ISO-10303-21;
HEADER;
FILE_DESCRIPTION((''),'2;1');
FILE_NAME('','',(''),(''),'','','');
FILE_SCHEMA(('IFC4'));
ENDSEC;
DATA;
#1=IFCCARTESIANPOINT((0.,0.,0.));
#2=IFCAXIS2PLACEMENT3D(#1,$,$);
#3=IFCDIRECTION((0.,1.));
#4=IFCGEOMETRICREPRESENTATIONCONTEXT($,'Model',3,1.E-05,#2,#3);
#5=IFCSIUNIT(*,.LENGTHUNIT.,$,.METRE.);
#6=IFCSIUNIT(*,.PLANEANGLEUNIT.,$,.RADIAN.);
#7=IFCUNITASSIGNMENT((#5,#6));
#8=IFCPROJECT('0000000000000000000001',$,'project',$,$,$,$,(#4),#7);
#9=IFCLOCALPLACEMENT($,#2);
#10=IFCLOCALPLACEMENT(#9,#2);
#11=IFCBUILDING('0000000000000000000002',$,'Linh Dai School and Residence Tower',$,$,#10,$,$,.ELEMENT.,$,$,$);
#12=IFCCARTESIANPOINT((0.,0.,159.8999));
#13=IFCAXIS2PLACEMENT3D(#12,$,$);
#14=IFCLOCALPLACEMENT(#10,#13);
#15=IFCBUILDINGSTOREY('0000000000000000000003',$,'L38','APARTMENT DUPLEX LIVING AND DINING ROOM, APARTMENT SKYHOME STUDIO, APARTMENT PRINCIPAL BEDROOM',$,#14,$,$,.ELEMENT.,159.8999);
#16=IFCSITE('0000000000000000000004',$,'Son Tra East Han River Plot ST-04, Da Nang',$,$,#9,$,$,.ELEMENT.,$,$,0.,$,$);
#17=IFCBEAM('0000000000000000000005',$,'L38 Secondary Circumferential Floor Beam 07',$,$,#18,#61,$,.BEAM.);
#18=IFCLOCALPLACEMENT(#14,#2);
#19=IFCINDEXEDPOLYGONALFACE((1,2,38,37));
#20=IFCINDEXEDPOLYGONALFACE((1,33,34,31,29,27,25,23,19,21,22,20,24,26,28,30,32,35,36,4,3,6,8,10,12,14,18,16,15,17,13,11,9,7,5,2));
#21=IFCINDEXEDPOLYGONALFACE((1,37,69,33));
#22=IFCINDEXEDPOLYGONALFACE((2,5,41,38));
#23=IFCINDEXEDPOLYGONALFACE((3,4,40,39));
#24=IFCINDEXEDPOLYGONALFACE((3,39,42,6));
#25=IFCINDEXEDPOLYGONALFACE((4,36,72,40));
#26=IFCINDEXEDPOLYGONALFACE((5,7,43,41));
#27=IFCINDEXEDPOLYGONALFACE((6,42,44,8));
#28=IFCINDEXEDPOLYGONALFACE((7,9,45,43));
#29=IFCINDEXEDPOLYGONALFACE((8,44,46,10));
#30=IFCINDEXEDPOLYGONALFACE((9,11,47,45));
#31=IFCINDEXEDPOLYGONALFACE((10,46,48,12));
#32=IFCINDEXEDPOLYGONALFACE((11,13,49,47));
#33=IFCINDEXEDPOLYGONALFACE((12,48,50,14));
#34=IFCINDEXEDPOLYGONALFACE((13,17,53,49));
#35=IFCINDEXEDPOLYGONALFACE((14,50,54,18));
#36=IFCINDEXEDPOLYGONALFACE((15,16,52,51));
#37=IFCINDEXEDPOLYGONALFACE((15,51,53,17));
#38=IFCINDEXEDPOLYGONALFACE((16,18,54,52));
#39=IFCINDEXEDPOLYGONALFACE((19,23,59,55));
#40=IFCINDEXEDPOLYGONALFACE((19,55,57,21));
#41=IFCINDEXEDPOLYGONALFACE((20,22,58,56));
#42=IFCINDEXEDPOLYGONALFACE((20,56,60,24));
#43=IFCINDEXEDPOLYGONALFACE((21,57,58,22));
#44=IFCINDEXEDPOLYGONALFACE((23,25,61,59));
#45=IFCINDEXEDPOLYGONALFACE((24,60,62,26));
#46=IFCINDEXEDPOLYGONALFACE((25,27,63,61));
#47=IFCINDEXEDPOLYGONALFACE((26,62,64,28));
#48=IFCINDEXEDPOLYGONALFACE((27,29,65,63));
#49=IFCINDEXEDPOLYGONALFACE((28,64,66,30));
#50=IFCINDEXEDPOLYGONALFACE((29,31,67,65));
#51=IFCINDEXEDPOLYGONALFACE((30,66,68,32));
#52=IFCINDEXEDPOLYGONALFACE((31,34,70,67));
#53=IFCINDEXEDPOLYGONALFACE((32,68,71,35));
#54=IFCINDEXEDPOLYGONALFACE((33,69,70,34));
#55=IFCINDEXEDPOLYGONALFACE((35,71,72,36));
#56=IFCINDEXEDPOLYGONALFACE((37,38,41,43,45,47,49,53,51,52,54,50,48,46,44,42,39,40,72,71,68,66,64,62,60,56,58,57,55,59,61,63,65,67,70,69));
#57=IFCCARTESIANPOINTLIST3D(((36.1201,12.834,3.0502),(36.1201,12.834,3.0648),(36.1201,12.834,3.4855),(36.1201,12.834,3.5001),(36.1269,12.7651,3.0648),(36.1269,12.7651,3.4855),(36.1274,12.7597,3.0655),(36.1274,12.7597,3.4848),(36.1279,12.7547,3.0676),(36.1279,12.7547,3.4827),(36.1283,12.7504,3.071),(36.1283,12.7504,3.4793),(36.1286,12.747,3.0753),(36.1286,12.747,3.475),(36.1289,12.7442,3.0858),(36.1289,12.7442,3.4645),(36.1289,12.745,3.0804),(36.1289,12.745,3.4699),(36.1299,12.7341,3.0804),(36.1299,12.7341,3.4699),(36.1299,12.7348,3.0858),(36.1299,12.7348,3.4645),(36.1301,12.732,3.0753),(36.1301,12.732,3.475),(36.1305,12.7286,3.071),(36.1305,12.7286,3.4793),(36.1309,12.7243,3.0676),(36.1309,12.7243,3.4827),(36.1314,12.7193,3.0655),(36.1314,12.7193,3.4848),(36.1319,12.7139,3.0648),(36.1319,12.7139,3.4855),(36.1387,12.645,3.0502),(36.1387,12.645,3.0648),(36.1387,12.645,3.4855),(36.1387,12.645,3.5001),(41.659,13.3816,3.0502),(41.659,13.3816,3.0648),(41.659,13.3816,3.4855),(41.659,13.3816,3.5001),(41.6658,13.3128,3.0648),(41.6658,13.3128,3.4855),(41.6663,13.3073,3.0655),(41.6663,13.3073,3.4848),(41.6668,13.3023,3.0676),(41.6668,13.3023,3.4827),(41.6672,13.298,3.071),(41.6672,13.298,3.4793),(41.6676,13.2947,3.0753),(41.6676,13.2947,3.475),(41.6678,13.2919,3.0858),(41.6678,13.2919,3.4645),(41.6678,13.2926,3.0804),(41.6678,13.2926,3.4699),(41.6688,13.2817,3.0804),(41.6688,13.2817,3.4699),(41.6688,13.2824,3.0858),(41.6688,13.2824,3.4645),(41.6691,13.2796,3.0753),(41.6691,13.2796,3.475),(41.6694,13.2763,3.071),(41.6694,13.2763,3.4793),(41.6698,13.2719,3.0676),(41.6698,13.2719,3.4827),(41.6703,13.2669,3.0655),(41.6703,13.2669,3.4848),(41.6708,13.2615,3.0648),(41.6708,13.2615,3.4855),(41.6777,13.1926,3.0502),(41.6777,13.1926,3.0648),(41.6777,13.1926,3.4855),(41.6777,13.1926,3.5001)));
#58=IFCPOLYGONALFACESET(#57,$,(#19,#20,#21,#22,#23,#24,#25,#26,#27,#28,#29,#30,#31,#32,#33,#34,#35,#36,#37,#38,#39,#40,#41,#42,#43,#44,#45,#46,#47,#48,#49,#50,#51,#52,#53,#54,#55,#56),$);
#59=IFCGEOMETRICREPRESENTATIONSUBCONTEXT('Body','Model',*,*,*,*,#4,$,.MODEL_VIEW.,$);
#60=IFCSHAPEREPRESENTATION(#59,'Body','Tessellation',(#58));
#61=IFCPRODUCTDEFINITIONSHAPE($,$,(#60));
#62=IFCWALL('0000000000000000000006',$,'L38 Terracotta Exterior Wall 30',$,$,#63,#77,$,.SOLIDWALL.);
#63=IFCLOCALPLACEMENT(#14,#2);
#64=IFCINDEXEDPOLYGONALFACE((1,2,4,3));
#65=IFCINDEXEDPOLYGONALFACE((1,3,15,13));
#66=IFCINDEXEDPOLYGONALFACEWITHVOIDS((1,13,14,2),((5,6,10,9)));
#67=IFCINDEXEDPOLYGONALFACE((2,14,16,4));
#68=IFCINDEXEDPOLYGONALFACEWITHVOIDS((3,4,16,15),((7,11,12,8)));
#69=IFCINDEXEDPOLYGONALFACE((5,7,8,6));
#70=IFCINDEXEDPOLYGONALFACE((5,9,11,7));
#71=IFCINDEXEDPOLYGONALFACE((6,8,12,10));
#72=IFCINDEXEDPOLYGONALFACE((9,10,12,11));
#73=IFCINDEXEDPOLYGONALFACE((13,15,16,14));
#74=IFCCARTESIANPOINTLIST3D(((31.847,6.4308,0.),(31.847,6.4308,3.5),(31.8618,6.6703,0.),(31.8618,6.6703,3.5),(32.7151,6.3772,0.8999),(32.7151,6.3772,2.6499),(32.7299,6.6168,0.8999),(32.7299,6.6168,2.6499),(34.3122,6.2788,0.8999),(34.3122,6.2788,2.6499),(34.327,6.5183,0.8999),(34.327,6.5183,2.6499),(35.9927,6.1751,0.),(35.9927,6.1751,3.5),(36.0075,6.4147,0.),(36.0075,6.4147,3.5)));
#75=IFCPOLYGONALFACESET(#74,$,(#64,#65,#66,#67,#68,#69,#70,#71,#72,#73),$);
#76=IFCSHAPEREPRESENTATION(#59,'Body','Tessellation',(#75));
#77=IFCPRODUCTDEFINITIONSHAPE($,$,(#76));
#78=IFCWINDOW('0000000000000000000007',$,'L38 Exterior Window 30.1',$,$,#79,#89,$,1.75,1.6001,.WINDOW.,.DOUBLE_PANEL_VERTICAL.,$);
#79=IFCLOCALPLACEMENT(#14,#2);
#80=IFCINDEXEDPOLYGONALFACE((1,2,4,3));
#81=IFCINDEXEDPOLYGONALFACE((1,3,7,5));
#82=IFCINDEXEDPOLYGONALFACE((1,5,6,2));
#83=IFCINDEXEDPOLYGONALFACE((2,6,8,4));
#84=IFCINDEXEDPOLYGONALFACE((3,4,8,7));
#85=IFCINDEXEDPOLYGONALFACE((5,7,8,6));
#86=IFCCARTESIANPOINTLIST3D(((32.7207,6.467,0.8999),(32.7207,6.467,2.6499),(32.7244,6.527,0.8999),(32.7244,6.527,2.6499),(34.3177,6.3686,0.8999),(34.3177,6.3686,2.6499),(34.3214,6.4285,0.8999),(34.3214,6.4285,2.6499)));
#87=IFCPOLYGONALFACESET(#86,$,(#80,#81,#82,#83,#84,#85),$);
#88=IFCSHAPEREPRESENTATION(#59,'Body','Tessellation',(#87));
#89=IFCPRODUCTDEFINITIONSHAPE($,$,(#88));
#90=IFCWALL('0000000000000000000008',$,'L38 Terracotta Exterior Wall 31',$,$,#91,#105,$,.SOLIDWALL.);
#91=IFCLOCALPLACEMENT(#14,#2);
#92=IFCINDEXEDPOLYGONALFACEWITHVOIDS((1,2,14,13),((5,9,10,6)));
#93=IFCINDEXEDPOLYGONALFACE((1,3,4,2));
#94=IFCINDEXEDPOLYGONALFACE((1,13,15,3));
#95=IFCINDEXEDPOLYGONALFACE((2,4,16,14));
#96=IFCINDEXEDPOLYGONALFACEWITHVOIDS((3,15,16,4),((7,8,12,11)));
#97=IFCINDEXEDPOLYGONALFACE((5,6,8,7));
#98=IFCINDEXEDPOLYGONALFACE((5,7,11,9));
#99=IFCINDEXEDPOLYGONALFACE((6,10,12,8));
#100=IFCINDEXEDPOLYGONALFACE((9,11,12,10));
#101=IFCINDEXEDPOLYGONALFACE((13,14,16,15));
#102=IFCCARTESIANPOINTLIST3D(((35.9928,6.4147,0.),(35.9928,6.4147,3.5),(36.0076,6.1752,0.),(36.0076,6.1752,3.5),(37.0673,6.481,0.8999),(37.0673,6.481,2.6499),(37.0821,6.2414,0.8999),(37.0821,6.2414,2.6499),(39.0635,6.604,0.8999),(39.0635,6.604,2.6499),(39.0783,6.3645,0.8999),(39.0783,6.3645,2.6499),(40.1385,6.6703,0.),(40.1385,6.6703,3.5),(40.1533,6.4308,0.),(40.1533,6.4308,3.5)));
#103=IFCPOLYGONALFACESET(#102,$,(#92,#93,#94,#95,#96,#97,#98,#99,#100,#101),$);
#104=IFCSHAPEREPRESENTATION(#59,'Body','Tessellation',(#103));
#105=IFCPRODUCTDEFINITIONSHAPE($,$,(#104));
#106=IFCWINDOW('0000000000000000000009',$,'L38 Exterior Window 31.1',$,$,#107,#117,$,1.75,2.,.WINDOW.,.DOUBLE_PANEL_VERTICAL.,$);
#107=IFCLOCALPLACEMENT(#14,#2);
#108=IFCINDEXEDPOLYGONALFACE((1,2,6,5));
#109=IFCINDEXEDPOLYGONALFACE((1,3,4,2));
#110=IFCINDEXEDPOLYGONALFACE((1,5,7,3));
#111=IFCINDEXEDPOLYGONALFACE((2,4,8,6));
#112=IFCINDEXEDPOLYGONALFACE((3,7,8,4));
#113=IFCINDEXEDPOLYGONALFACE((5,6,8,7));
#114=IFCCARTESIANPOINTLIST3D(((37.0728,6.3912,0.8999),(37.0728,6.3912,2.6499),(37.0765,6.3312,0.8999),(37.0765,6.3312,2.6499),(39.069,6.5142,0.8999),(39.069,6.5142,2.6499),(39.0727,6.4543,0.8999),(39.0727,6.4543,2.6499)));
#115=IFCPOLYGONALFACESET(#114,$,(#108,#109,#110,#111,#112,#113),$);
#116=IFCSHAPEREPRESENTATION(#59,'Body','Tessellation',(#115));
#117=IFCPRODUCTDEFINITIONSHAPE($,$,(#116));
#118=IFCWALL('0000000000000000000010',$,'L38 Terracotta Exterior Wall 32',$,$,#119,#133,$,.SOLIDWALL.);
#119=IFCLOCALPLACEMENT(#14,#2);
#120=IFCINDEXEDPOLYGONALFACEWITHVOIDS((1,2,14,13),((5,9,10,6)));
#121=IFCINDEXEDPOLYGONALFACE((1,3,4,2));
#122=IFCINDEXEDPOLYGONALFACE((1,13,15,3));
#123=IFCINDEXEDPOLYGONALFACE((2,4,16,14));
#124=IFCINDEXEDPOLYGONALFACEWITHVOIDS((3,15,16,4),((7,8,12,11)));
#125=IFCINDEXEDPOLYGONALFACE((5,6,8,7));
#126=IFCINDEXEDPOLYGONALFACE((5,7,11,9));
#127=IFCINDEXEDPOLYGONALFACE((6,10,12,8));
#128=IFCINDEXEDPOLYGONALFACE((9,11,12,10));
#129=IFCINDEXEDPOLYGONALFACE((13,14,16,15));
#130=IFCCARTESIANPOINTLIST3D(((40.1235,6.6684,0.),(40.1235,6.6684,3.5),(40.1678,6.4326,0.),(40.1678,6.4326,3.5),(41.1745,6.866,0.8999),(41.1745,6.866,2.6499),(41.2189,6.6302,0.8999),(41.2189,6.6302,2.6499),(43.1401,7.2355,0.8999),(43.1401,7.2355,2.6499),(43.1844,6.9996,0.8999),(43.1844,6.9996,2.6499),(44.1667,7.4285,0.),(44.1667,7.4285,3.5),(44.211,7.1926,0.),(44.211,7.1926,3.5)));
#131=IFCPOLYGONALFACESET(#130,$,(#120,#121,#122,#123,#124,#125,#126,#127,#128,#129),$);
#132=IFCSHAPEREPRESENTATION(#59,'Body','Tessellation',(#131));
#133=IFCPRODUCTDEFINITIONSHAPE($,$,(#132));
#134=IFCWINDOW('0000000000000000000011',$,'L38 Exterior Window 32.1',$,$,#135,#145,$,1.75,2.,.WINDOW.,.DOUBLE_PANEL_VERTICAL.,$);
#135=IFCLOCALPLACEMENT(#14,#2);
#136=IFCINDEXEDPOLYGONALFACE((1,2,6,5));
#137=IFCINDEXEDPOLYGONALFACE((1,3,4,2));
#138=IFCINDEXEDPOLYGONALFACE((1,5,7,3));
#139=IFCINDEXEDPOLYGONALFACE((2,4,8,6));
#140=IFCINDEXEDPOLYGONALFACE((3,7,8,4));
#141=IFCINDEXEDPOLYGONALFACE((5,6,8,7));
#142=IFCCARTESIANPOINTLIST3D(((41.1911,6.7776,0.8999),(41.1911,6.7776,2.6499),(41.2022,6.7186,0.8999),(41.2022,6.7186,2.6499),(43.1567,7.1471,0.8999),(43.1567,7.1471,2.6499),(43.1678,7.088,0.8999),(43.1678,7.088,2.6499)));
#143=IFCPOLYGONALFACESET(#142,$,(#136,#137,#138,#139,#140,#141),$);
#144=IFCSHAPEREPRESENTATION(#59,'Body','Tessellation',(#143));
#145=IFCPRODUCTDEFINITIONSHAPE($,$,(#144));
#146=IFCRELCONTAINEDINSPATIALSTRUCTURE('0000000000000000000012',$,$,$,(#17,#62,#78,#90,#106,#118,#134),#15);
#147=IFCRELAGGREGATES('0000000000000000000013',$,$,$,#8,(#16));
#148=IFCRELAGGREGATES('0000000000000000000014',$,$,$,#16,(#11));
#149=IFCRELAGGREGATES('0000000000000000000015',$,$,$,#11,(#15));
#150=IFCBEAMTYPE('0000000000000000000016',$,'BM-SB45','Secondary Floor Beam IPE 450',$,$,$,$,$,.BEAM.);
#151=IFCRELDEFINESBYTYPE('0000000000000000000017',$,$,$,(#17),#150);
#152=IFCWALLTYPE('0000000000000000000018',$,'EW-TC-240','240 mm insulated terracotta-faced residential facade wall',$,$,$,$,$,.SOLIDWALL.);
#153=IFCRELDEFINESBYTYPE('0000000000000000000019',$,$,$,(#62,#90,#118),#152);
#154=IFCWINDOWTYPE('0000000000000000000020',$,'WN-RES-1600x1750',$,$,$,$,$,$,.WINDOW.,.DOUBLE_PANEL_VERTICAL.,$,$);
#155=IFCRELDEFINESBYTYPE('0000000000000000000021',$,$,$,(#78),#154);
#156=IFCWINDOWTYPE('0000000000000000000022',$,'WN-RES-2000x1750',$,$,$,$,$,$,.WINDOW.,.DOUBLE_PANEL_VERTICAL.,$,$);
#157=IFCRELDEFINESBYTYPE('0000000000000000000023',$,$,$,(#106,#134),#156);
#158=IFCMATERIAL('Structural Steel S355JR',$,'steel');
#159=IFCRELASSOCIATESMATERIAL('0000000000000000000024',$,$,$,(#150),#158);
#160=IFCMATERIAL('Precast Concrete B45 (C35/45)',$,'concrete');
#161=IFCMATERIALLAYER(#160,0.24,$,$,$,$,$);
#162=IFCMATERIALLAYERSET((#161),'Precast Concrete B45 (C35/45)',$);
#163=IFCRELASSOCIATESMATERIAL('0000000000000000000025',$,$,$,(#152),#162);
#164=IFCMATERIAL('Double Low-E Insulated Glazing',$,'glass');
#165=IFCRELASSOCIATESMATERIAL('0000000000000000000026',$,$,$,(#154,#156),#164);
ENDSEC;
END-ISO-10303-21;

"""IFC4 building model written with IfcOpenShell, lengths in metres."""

from ifc_helpers import new_model, si_unit, direction, frame, frame_2d, origin, origin_2d, place, context, subcontext, project, spatial, rectangle, i_section, extrude, source, transform, mapped, material, layer, layer_set, material_profile, profile_set, type_object, element, fill, save


model = new_model("IFC4")

# Units and contexts
model_context = context("Model", 3, precision=1e-05, world=origin(), true_north=direction((0.0, 1.0)))
body_context = subcontext(model_context, "Body", "Model", "MODEL_VIEW")
ifc_project = project(units=[si_unit("LENGTHUNIT", "METRE"), si_unit("PLANEANGLEUNIT", "RADIAN")], contexts=[model_context])

# Site, building, storey
site_placement = place(None, origin())
site = spatial("IfcSite", under=ifc_project, at=site_placement, Name="Son Tra East Han River Plot ST-04, Da Nang", CompositionType="ELEMENT", RefElevation=0.0)
building_placement = place(site_placement, origin())
building = spatial("IfcBuilding", under=site, at=building_placement, Name="Linh Dai School and Residence Tower", CompositionType="ELEMENT")
storey_placement = place(building_placement, frame((0.0, 0.0, 159.8999)))
storey = spatial("IfcBuildingStorey", under=building, at=storey_placement, Name="L38", Description="APARTMENT DUPLEX LIVING AND DINING ROOM, APARTMENT SKYHOME STUDIO, APARTMENT PRINCIPAL BEDROOM", CompositionType="ELEMENT", Elevation=159.8999)

# Shared definitions
ifc_material_1 = material(Name="Structural Steel S355JR", Category="steel")

# Beam
ifc_material_profile_1 = material_profile(ifc_material_1, i_section(OverallWidth=0.1899, OverallDepth=0.45, WebThickness=0.0095, FlangeThickness=0.0146, FilletRadius=0.021, at=origin_2d()), Name="IPE 450")
ifc_profile_set_1 = profile_set([ifc_material_profile_1], Name="Structural Steel S355JR")
beam_type_1 = type_object("IfcBeamType", Name="BM-SB45", Description="Secondary Floor Beam IPE 450", PredefinedType="BEAM", material=ifc_profile_set_1)
beam_1_placement = place(storey_placement, frame((36.1294, 12.7395, 3.2751), z_axis=(0.995148, 0.098388, 0.0), x_axis=(-0.098388, 0.995148, 0.0)))
element("IfcBeam", 1, at=beam_1_placement, inside=storey, type_object=beam_type_1, Name="L38 Secondary Circumferential Floor Beam 07", PredefinedType="BEAM", context=body_context, shape_type="SweptSolid", body=[
    extrude(i_section(OverallWidth=0.1899, OverallDepth=0.45, WebThickness=0.0095, FlangeThickness=0.0146, FilletRadius=0.021, at=origin_2d()), origin(), (0.0, 0.0, 1.0), 5.5659),
])

# Walls, openings, windows
ifc_material_2 = material(Name="Precast Concrete B45 (C35/45)", Category="concrete")
ifc_layer_1 = layer(ifc_material_2, 0.24)
ifc_layer_set_1 = layer_set([ifc_layer_1], Name="Precast Concrete B45 (C35/45)")
wall_type_1 = type_object("IfcWallType", Name="EW-TC-240", Description="240 mm insulated terracotta-faced residential facade wall", PredefinedType="SOLIDWALL", material=ifc_layer_set_1)
wall_1_placement = place(storey_placement, frame((36.0, 6.2949, 0.0), z_axis=(0.0, 0.0, 1.0), x_axis=(-0.998105, 0.06154, 0.0)))
wall_1 = element("IfcWall", 2, at=wall_1_placement, inside=storey, type_object=wall_type_1, Name="L38 Terracotta Exterior Wall 30", PredefinedType="SOLIDWALL", context=body_context, shape_type="SweptSolid", body=[
    extrude(rectangle(XDim=4.1536, YDim=0.24, at=frame_2d((2.0767, 0.0))), origin(), (0.0, 0.0, 1.0), 3.5),
])
opening_1_placement = place(wall_1_placement, frame((1.6836, 0.0, 0.8999)))
opening_1 = element("IfcOpeningElement", 3, at=opening_1_placement, cuts=wall_1, PredefinedType="OPENING", context=body_context, shape_type="SweptSolid", body=[
    extrude(rectangle(XDim=1.6001, YDim=1.75, at=origin_2d()), frame((0.8, 0.1299, 0.875), z_axis=(0.0, -1.0, 0.0), x_axis=(1.0, 0.0, 0.0)), (0.0, 0.0, 1.0), 0.26),
])
ifc_material_3 = material(Name="Double Low-E Insulated Glazing", Category="glass")
window_type_1 = type_object("IfcWindowType", Name="WN-RES-1600x1750", PartitioningType="DOUBLE_PANEL_VERTICAL", PredefinedType="WINDOW", material=ifc_material_3)
shared_shape_1 = source(origin(), body_context, "Body", "SweptSolid", [
    extrude(rectangle(XDim=1.6001, YDim=1.75, at=origin_2d()), frame((0.8, 0.03, 0.875), z_axis=(0.0, -1.0, 0.0), x_axis=(1.0, 0.0, 0.0)), (0.0, 0.0, 1.0), 0.0601),
])
window_1_placement = place(opening_1_placement, origin())
window_1 = element("IfcWindow", 4, at=window_1_placement, inside=storey, type_object=window_type_1, Name="L38 Exterior Window 30.1", OverallHeight=1.75, OverallWidth=1.6001, PartitioningType="DOUBLE_PANEL_VERTICAL", PredefinedType="WINDOW", context=body_context, shape_type="MappedRepresentation", body=[
    mapped(shared_shape_1, transform((0.0, 0.0, 0.0), x_axis=(1.0, 0.0, 0.0), y_axis=(0.0, 1.0, 0.0), z_axis=(0.0, 0.0, 1.0), scale=1.0)),
])
fill(opening_1, window_1)
wall_2_placement = place(storey_placement, frame((40.1458, 6.5505, 0.0), z_axis=(0.0, 0.0, 1.0), x_axis=(-0.998105, -0.06154, 0.0)))
wall_2 = element("IfcWall", 5, at=wall_2_placement, inside=storey, type_object=wall_type_1, Name="L38 Terracotta Exterior Wall 31", PredefinedType="SOLIDWALL", context=body_context, shape_type="SweptSolid", body=[
    extrude(rectangle(XDim=4.1536, YDim=0.24, at=frame_2d((2.0767, 0.0))), origin(), (0.0, 0.0, 1.0), 3.5),
])
opening_2_placement = place(wall_2_placement, frame((1.0769, 0.0, 0.8999)))
opening_2 = element("IfcOpeningElement", 6, at=opening_2_placement, cuts=wall_2, PredefinedType="OPENING", context=body_context, shape_type="SweptSolid", body=[
    extrude(rectangle(XDim=2.0, YDim=1.75, at=origin_2d()), frame((1.0, 0.1299, 0.875), z_axis=(0.0, -1.0, 0.0), x_axis=(1.0, 0.0, 0.0)), (0.0, 0.0, 1.0), 0.26),
])
window_type_2 = type_object("IfcWindowType", Name="WN-RES-2000x1750", PartitioningType="DOUBLE_PANEL_VERTICAL", PredefinedType="WINDOW", material=ifc_material_3)
shared_shape_2 = source(origin(), body_context, "Body", "SweptSolid", [
    extrude(rectangle(XDim=2.0, YDim=1.75, at=origin_2d()), frame((1.0, 0.03, 0.875), z_axis=(0.0, -1.0, 0.0), x_axis=(1.0, 0.0, 0.0)), (0.0, 0.0, 1.0), 0.0601),
])
window_2_placement = place(opening_2_placement, origin())
window_2 = element("IfcWindow", 7, at=window_2_placement, inside=storey, type_object=window_type_2, Name="L38 Exterior Window 31.1", OverallHeight=1.75, OverallWidth=2.0, PartitioningType="DOUBLE_PANEL_VERTICAL", PredefinedType="WINDOW", context=body_context, shape_type="MappedRepresentation", body=[
    mapped(shared_shape_2, transform((0.0, 0.0, 0.0), x_axis=(1.0, 0.0, 0.0), y_axis=(0.0, 1.0, 0.0), z_axis=(0.0, 0.0, 1.0), scale=1.0)),
])
fill(opening_2, window_2)
wall_3_placement = place(storey_placement, frame((44.189, 7.3105, 0.0), z_axis=(0.0, 0.0, 1.0), x_axis=(-0.982788, -0.184736, 0.0)))
wall_3 = element("IfcWall", 8, at=wall_3_placement, inside=storey, type_object=wall_type_1, Name="L38 Terracotta Exterior Wall 32", PredefinedType="SOLIDWALL", context=body_context, shape_type="SweptSolid", body=[
    extrude(rectangle(XDim=4.114, YDim=0.24, at=frame_2d((2.0571, 0.0))), origin(), (0.0, 0.0, 1.0), 3.5),
])
opening_3_placement = place(wall_3_placement, frame((1.0447, 0.0, 0.8999)))
opening_3 = element("IfcOpeningElement", 9, at=opening_3_placement, cuts=wall_3, PredefinedType="OPENING", context=body_context, shape_type="SweptSolid", body=[
    extrude(rectangle(XDim=2.0, YDim=1.75, at=origin_2d()), frame((1.0, 0.1299, 0.875), z_axis=(0.0, -1.0, 0.0), x_axis=(1.0, 0.0, 0.0)), (0.0, 0.0, 1.0), 0.26),
])
window_3_placement = place(opening_3_placement, origin())
window_3 = element("IfcWindow", 10, at=window_3_placement, inside=storey, type_object=window_type_2, Name="L38 Exterior Window 32.1", OverallHeight=1.75, OverallWidth=2.0, PartitioningType="DOUBLE_PANEL_VERTICAL", PredefinedType="WINDOW", context=body_context, shape_type="MappedRepresentation", body=[
    mapped(shared_shape_2, transform((0.0, 0.0, 0.0), x_axis=(1.0, 0.0, 0.0), y_axis=(0.0, 1.0, 0.0), z_axis=(0.0, 0.0, 1.0), scale=1.0)),
])
fill(opening_3, window_3)

save(model, "model.ifc")
